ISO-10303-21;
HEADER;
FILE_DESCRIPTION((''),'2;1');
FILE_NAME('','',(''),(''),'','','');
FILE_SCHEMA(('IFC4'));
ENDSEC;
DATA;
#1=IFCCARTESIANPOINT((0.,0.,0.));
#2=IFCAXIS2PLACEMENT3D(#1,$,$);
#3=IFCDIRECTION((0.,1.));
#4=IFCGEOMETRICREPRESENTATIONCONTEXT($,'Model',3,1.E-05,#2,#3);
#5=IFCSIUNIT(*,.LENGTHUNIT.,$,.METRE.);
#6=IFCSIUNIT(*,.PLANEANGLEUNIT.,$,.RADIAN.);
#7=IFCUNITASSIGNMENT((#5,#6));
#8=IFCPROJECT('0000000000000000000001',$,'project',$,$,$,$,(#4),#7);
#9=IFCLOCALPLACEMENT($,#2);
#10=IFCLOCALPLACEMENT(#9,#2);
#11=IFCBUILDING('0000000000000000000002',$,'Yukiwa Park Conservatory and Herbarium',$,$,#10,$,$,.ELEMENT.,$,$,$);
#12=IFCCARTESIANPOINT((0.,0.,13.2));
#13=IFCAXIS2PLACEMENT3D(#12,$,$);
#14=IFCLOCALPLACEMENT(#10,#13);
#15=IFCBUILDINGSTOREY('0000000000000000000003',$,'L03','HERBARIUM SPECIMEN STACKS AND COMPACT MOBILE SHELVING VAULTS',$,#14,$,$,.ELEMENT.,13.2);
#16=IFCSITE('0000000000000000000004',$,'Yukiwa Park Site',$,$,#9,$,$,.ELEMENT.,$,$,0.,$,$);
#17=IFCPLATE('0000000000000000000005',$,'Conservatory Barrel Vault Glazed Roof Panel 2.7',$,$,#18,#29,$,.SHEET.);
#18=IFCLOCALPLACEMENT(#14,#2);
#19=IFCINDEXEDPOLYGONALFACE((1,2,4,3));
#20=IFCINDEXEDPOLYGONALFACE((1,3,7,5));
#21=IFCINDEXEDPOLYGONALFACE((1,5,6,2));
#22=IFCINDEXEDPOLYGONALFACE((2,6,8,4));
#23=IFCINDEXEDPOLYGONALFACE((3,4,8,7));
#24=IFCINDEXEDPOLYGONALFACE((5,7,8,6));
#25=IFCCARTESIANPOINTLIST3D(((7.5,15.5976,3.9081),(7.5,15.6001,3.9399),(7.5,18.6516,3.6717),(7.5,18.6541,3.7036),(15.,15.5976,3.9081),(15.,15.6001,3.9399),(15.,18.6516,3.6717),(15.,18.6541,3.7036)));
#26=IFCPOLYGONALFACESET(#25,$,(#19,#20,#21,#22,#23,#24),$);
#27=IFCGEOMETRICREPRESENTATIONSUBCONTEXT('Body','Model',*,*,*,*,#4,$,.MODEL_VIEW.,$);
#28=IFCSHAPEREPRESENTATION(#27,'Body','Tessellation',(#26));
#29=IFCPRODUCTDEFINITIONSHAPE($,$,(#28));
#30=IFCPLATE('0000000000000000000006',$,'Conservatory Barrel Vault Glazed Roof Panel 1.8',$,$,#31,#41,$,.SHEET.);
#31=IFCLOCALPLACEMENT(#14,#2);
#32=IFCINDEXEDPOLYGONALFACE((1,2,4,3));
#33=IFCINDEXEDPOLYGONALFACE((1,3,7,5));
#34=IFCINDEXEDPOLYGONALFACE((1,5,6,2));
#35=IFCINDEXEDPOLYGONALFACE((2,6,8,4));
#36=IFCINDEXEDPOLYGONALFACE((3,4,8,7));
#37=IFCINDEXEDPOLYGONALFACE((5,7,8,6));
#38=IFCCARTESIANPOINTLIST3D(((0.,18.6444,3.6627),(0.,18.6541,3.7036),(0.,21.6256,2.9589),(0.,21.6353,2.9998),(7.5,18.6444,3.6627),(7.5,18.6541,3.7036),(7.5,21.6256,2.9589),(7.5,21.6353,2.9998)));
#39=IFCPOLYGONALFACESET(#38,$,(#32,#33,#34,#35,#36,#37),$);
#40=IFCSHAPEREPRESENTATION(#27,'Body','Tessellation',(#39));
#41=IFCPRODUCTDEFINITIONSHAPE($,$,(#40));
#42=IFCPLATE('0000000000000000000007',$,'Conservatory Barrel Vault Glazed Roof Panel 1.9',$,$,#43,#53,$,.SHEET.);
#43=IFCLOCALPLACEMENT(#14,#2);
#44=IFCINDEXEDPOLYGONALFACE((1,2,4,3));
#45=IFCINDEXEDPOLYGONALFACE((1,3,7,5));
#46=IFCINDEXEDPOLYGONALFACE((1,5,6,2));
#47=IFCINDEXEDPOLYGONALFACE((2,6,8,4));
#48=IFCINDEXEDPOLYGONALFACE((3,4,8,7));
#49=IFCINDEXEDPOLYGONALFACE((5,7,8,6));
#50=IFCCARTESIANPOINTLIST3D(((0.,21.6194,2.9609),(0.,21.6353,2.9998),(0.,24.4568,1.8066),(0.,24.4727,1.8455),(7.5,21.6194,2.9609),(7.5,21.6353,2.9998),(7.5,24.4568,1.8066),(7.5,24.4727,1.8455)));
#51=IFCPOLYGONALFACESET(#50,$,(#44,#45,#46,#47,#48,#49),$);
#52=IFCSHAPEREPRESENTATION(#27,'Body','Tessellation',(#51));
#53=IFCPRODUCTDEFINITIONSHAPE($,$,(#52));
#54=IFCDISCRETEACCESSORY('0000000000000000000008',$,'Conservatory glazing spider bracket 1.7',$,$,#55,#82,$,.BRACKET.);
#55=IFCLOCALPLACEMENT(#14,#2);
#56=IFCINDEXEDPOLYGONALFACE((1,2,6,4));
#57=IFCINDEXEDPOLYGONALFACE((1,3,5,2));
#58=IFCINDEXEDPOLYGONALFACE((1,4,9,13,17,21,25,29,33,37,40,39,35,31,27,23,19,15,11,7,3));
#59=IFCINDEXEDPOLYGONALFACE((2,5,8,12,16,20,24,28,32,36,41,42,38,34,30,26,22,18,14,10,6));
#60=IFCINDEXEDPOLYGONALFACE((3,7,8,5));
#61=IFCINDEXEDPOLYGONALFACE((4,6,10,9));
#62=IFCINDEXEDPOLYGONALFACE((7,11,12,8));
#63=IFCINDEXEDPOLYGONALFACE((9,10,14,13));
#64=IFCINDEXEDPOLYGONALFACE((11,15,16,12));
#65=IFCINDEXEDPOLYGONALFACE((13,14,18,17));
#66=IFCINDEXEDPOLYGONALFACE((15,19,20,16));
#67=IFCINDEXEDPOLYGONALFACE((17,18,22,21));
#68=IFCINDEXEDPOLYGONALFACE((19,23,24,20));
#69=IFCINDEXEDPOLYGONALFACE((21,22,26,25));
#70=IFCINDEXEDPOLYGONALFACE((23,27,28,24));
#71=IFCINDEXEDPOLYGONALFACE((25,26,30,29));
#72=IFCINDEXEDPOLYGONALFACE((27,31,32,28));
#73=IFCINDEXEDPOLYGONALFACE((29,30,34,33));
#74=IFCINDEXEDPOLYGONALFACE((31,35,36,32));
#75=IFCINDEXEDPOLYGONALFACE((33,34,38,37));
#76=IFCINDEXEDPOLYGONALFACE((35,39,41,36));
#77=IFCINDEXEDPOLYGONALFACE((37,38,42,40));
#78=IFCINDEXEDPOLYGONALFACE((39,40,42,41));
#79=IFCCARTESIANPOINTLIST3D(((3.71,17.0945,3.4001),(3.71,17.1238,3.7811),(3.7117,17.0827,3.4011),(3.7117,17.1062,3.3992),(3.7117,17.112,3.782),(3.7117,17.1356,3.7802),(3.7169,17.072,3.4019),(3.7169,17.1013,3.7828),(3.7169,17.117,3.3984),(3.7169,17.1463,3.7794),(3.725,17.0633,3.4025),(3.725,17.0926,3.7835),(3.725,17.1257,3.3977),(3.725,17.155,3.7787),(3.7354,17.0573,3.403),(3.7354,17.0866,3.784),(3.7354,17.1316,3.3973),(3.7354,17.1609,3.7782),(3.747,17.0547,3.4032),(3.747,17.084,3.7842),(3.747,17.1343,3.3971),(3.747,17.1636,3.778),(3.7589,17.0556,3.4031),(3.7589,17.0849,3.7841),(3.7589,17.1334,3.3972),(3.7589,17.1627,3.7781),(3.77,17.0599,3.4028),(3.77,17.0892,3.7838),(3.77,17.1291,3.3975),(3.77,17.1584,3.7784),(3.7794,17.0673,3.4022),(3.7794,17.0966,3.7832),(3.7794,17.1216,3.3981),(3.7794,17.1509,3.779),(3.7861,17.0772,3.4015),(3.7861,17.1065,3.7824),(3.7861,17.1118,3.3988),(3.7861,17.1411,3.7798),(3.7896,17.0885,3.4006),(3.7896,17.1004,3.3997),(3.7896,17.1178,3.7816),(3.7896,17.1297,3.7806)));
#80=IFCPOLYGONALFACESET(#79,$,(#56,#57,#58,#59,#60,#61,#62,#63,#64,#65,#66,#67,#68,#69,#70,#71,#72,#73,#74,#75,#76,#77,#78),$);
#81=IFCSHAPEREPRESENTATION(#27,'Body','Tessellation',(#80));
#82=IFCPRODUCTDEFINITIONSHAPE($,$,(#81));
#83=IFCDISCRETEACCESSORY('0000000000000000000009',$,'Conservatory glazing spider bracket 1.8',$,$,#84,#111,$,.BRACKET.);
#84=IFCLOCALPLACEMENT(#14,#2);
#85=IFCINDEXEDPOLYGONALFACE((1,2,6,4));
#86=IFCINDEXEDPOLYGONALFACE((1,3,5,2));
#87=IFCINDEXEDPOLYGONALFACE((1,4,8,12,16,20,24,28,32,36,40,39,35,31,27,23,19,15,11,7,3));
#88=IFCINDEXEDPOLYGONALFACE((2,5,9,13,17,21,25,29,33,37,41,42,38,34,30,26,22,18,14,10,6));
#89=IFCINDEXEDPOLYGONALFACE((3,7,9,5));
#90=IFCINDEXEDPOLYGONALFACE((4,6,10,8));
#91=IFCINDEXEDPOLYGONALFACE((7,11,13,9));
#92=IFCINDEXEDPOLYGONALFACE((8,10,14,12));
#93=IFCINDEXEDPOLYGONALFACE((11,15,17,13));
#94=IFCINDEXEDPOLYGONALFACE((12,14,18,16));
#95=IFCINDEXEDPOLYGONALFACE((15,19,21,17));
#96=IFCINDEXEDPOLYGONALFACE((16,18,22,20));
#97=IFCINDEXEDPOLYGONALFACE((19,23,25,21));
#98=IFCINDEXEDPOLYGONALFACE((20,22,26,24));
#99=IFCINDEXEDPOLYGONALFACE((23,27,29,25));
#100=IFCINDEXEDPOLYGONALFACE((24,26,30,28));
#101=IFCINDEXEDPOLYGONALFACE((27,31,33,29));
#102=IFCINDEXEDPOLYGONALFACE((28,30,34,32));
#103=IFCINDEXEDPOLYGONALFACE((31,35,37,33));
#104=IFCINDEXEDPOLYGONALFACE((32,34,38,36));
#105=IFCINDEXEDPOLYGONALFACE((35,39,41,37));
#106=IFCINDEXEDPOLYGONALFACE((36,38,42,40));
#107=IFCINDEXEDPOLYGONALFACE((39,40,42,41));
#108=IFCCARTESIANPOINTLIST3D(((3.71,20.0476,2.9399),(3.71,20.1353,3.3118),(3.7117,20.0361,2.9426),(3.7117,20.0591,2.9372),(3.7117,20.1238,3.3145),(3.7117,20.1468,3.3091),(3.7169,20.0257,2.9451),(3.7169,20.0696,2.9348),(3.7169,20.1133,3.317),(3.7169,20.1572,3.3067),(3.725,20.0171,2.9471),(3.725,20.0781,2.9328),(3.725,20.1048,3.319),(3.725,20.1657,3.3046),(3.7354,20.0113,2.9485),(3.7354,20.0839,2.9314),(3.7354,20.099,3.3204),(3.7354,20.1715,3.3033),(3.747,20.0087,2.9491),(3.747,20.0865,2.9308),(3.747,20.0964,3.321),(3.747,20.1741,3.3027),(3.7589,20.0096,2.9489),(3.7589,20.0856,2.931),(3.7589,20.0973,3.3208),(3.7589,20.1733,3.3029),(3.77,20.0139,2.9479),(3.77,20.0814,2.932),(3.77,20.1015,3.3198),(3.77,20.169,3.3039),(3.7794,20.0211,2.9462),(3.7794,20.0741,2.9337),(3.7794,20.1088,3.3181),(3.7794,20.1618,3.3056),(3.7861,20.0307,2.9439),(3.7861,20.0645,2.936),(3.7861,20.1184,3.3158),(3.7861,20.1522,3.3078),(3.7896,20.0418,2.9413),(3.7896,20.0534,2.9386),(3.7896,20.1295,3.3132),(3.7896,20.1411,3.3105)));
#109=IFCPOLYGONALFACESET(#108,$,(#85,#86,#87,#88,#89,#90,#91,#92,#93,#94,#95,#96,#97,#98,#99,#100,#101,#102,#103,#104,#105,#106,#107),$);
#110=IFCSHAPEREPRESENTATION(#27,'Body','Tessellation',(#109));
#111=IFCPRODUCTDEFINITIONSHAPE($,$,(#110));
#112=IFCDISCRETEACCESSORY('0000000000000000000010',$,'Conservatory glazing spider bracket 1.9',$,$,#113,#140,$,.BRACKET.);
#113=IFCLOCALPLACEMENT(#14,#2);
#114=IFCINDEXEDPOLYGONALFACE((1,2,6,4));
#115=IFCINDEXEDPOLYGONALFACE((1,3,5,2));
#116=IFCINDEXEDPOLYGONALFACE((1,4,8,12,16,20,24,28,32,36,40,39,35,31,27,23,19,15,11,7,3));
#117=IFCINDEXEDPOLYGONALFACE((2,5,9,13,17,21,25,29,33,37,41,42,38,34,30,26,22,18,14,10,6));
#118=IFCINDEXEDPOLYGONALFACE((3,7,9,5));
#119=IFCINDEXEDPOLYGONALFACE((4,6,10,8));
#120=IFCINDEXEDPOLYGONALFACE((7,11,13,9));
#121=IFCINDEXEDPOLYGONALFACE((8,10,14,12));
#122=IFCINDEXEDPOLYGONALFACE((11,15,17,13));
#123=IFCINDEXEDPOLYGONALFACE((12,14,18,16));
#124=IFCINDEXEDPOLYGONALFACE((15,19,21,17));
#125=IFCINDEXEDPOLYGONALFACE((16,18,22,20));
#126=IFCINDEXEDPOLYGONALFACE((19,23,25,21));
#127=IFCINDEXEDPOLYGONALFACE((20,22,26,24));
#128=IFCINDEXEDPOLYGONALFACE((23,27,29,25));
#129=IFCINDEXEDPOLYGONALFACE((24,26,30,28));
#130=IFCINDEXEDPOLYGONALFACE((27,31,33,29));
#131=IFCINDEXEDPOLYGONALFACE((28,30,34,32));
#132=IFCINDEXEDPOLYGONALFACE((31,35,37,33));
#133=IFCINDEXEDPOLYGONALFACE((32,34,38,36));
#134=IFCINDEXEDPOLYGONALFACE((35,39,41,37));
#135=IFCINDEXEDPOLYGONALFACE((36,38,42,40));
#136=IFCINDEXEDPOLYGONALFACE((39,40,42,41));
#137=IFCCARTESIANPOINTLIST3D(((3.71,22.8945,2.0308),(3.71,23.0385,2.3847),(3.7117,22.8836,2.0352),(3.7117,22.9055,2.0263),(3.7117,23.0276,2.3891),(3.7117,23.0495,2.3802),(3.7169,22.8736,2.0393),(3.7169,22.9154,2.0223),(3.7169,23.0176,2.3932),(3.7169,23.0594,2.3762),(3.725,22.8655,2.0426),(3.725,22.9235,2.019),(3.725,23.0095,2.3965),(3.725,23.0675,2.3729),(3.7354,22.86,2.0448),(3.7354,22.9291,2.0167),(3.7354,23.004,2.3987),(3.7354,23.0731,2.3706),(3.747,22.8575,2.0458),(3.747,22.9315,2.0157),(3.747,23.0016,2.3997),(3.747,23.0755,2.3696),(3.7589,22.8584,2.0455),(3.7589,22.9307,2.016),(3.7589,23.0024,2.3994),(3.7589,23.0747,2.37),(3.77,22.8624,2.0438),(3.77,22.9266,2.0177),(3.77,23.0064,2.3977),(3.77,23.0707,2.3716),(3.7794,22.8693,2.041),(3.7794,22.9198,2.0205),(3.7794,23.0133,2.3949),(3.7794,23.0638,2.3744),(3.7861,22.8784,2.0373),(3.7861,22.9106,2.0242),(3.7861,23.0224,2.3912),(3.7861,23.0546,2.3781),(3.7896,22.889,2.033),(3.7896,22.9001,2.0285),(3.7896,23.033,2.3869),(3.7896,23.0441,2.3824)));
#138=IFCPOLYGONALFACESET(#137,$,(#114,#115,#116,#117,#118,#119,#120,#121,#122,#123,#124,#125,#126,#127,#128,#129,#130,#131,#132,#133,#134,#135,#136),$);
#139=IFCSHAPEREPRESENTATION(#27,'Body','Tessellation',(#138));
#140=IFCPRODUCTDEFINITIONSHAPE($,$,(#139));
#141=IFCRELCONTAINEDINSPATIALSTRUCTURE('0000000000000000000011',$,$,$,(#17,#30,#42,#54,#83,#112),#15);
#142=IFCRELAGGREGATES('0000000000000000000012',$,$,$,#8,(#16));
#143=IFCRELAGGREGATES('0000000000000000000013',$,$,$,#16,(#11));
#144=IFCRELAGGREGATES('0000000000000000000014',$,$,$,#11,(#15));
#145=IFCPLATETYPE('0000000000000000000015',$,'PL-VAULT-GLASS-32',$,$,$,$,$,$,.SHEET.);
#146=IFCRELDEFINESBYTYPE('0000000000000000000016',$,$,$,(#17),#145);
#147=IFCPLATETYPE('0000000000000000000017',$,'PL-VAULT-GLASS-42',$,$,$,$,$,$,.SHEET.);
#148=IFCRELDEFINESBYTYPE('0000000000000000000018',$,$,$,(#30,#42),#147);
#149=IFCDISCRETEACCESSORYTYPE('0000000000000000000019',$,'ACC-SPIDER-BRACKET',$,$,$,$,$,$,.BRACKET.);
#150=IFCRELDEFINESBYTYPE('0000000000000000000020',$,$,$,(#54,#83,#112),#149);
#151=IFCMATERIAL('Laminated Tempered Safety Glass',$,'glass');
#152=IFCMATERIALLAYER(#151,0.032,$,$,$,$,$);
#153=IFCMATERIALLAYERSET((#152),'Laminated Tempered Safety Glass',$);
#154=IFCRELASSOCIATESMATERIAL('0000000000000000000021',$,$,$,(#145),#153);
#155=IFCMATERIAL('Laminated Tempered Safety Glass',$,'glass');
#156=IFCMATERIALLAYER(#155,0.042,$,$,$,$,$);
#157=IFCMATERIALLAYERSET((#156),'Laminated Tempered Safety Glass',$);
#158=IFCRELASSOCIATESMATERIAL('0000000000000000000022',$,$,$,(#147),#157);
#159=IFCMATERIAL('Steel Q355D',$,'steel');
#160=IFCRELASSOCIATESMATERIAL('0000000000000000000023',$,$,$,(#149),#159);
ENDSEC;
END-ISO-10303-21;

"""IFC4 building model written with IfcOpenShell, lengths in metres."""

from ifc_helpers import new_model, si_unit, direction, frame, origin, origin_2d, place, context, subcontext, project, spatial, polyline, circle, outline, extrude, material, layer, layer_set, type_object, element, save


model = new_model("IFC4")

# Units and contexts
model_context = context("Model", 3, precision=1e-05, world=origin(), true_north=direction((0.0, 1.0)))
body_context = subcontext(model_context, "Body", "Model", "MODEL_VIEW")
ifc_project = project(units=[si_unit("LENGTHUNIT", "METRE"), si_unit("PLANEANGLEUNIT", "RADIAN")], contexts=[model_context])

# Site, building, storey
site_placement = place(None, origin())
site = spatial("IfcSite", under=ifc_project, at=site_placement, Name="Yukiwa Park Site", CompositionType="ELEMENT", RefElevation=0.0)
building_placement = place(site_placement, origin())
building = spatial("IfcBuilding", under=site, at=building_placement, Name="Yukiwa Park Conservatory and Herbarium", CompositionType="ELEMENT")
storey_placement = place(building_placement, frame((0.0, 0.0, 13.2)))
storey = spatial("IfcBuildingStorey", under=building, at=storey_placement, Name="L03", Description="HERBARIUM SPECIMEN STACKS AND COMPACT MOBILE SHELVING VAULTS", CompositionType="ELEMENT", Elevation=13.2)

# Plates
ifc_material_1 = material(Name="Laminated Tempered Safety Glass", Category="glass")
ifc_layer_1 = layer(ifc_material_1, 0.032)
ifc_layer_set_1 = layer_set([ifc_layer_1], Name="Laminated Tempered Safety Glass")
plate_type_1 = type_object("IfcPlateType", Name="PL-VAULT-GLASS-32", PredefinedType="SHEET", material=ifc_layer_set_1)
plate_1_placement = place(storey_placement, frame((7.5, 15.6001, 3.9399), z_axis=(0.0, 0.077154, 0.997019), x_axis=(1.0, 0.0, 0.0)))
element("IfcPlate", 1, at=plate_1_placement, inside=storey, type_object=plate_type_1, Name="Conservatory Barrel Vault Glazed Roof Panel 2.7", PredefinedType="SHEET", context=body_context, shape_type="SweptSolid", body=[
    extrude(outline(polyline([(0.0, 0.0), (7.5, 0.0), (7.5, 3.0631), (0.0, 3.0631), (0.0, 0.0)])), origin(), (0.0, 0.0, -1.0), 0.032),
])
ifc_material_2 = material(Name="Laminated Tempered Safety Glass", Category="glass")
ifc_layer_2 = layer(ifc_material_2, 0.042)
ifc_layer_set_2 = layer_set([ifc_layer_2], Name="Laminated Tempered Safety Glass")
plate_type_2 = type_object("IfcPlateType", Name="PL-VAULT-GLASS-42", PredefinedType="SHEET", material=ifc_layer_set_2)
plate_2_placement = place(storey_placement, frame((0.0, 18.6541, 3.7036), z_axis=(0.0, 0.229781, 0.973242), x_axis=(1.0, 0.0, 0.0)))
element("IfcPlate", 2, at=plate_2_placement, inside=storey, type_object=plate_type_2, Name="Conservatory Barrel Vault Glazed Roof Panel 1.8", PredefinedType="SHEET", context=body_context, shape_type="SweptSolid", body=[
    extrude(outline(polyline([(0.0, 0.0), (7.5, 0.0), (7.5, 3.0632), (0.0, 3.0632), (0.0, 0.0)])), origin(), (0.0, 0.0, -1.0), 0.042),
])
plate_3_placement = place(storey_placement, frame((0.0, 21.6353, 2.9998), z_axis=(0.0, 0.376826, 0.926284), x_axis=(1.0, 0.0, 0.0)))
element("IfcPlate", 3, at=plate_3_placement, inside=storey, type_object=plate_type_2, Name="Conservatory Barrel Vault Glazed Roof Panel 1.9", PredefinedType="SHEET", context=body_context, shape_type="SweptSolid", body=[
    extrude(outline(polyline([(0.0, 0.0), (7.5, 0.0), (7.5, 3.0632), (0.0, 3.0632), (0.0, 0.0)])), origin(), (0.0, 0.0, -1.0), 0.042),
])

# Discrete accessories
ifc_material_3 = material(Name="Steel Q355D", Category="steel")
discrete_accessory_type = type_object("IfcDiscreteAccessoryType", Name="ACC-SPIDER-BRACKET", PredefinedType="BRACKET", material=ifc_material_3)
for number, where, z_axis, x_axis, name in (
    (4, (3.75, 17.0945, 3.4001), (0.0, 0.076696, 0.997054), (-1.0, 0.0, 0.0), "Conservatory glazing spider bracket 1.7"),
    (5, (3.75, 20.0476, 2.9399), (0.0, 0.229431, 0.973325), (-1.0, 0.0, 0.0), "Conservatory glazing spider bracket 1.8"),
    (6, (3.75, 22.8945, 2.0308), (0.0, 0.376891, 0.926258), (-1.0, 0.0, 0.0), "Conservatory glazing spider bracket 1.9"),
):
    element("IfcDiscreteAccessory", number, at=place(storey_placement, frame(where, z_axis=z_axis, x_axis=x_axis)), inside=storey, type_object=discrete_accessory_type, Name=name, PredefinedType="BRACKET", context=body_context, shape_type="SweptSolid", body=[
        extrude(circle(Radius=0.04, at=origin_2d()), origin(), (0.0, 0.0, 1.0), 0.3821),
    ])

save(model, "model.ifc")
